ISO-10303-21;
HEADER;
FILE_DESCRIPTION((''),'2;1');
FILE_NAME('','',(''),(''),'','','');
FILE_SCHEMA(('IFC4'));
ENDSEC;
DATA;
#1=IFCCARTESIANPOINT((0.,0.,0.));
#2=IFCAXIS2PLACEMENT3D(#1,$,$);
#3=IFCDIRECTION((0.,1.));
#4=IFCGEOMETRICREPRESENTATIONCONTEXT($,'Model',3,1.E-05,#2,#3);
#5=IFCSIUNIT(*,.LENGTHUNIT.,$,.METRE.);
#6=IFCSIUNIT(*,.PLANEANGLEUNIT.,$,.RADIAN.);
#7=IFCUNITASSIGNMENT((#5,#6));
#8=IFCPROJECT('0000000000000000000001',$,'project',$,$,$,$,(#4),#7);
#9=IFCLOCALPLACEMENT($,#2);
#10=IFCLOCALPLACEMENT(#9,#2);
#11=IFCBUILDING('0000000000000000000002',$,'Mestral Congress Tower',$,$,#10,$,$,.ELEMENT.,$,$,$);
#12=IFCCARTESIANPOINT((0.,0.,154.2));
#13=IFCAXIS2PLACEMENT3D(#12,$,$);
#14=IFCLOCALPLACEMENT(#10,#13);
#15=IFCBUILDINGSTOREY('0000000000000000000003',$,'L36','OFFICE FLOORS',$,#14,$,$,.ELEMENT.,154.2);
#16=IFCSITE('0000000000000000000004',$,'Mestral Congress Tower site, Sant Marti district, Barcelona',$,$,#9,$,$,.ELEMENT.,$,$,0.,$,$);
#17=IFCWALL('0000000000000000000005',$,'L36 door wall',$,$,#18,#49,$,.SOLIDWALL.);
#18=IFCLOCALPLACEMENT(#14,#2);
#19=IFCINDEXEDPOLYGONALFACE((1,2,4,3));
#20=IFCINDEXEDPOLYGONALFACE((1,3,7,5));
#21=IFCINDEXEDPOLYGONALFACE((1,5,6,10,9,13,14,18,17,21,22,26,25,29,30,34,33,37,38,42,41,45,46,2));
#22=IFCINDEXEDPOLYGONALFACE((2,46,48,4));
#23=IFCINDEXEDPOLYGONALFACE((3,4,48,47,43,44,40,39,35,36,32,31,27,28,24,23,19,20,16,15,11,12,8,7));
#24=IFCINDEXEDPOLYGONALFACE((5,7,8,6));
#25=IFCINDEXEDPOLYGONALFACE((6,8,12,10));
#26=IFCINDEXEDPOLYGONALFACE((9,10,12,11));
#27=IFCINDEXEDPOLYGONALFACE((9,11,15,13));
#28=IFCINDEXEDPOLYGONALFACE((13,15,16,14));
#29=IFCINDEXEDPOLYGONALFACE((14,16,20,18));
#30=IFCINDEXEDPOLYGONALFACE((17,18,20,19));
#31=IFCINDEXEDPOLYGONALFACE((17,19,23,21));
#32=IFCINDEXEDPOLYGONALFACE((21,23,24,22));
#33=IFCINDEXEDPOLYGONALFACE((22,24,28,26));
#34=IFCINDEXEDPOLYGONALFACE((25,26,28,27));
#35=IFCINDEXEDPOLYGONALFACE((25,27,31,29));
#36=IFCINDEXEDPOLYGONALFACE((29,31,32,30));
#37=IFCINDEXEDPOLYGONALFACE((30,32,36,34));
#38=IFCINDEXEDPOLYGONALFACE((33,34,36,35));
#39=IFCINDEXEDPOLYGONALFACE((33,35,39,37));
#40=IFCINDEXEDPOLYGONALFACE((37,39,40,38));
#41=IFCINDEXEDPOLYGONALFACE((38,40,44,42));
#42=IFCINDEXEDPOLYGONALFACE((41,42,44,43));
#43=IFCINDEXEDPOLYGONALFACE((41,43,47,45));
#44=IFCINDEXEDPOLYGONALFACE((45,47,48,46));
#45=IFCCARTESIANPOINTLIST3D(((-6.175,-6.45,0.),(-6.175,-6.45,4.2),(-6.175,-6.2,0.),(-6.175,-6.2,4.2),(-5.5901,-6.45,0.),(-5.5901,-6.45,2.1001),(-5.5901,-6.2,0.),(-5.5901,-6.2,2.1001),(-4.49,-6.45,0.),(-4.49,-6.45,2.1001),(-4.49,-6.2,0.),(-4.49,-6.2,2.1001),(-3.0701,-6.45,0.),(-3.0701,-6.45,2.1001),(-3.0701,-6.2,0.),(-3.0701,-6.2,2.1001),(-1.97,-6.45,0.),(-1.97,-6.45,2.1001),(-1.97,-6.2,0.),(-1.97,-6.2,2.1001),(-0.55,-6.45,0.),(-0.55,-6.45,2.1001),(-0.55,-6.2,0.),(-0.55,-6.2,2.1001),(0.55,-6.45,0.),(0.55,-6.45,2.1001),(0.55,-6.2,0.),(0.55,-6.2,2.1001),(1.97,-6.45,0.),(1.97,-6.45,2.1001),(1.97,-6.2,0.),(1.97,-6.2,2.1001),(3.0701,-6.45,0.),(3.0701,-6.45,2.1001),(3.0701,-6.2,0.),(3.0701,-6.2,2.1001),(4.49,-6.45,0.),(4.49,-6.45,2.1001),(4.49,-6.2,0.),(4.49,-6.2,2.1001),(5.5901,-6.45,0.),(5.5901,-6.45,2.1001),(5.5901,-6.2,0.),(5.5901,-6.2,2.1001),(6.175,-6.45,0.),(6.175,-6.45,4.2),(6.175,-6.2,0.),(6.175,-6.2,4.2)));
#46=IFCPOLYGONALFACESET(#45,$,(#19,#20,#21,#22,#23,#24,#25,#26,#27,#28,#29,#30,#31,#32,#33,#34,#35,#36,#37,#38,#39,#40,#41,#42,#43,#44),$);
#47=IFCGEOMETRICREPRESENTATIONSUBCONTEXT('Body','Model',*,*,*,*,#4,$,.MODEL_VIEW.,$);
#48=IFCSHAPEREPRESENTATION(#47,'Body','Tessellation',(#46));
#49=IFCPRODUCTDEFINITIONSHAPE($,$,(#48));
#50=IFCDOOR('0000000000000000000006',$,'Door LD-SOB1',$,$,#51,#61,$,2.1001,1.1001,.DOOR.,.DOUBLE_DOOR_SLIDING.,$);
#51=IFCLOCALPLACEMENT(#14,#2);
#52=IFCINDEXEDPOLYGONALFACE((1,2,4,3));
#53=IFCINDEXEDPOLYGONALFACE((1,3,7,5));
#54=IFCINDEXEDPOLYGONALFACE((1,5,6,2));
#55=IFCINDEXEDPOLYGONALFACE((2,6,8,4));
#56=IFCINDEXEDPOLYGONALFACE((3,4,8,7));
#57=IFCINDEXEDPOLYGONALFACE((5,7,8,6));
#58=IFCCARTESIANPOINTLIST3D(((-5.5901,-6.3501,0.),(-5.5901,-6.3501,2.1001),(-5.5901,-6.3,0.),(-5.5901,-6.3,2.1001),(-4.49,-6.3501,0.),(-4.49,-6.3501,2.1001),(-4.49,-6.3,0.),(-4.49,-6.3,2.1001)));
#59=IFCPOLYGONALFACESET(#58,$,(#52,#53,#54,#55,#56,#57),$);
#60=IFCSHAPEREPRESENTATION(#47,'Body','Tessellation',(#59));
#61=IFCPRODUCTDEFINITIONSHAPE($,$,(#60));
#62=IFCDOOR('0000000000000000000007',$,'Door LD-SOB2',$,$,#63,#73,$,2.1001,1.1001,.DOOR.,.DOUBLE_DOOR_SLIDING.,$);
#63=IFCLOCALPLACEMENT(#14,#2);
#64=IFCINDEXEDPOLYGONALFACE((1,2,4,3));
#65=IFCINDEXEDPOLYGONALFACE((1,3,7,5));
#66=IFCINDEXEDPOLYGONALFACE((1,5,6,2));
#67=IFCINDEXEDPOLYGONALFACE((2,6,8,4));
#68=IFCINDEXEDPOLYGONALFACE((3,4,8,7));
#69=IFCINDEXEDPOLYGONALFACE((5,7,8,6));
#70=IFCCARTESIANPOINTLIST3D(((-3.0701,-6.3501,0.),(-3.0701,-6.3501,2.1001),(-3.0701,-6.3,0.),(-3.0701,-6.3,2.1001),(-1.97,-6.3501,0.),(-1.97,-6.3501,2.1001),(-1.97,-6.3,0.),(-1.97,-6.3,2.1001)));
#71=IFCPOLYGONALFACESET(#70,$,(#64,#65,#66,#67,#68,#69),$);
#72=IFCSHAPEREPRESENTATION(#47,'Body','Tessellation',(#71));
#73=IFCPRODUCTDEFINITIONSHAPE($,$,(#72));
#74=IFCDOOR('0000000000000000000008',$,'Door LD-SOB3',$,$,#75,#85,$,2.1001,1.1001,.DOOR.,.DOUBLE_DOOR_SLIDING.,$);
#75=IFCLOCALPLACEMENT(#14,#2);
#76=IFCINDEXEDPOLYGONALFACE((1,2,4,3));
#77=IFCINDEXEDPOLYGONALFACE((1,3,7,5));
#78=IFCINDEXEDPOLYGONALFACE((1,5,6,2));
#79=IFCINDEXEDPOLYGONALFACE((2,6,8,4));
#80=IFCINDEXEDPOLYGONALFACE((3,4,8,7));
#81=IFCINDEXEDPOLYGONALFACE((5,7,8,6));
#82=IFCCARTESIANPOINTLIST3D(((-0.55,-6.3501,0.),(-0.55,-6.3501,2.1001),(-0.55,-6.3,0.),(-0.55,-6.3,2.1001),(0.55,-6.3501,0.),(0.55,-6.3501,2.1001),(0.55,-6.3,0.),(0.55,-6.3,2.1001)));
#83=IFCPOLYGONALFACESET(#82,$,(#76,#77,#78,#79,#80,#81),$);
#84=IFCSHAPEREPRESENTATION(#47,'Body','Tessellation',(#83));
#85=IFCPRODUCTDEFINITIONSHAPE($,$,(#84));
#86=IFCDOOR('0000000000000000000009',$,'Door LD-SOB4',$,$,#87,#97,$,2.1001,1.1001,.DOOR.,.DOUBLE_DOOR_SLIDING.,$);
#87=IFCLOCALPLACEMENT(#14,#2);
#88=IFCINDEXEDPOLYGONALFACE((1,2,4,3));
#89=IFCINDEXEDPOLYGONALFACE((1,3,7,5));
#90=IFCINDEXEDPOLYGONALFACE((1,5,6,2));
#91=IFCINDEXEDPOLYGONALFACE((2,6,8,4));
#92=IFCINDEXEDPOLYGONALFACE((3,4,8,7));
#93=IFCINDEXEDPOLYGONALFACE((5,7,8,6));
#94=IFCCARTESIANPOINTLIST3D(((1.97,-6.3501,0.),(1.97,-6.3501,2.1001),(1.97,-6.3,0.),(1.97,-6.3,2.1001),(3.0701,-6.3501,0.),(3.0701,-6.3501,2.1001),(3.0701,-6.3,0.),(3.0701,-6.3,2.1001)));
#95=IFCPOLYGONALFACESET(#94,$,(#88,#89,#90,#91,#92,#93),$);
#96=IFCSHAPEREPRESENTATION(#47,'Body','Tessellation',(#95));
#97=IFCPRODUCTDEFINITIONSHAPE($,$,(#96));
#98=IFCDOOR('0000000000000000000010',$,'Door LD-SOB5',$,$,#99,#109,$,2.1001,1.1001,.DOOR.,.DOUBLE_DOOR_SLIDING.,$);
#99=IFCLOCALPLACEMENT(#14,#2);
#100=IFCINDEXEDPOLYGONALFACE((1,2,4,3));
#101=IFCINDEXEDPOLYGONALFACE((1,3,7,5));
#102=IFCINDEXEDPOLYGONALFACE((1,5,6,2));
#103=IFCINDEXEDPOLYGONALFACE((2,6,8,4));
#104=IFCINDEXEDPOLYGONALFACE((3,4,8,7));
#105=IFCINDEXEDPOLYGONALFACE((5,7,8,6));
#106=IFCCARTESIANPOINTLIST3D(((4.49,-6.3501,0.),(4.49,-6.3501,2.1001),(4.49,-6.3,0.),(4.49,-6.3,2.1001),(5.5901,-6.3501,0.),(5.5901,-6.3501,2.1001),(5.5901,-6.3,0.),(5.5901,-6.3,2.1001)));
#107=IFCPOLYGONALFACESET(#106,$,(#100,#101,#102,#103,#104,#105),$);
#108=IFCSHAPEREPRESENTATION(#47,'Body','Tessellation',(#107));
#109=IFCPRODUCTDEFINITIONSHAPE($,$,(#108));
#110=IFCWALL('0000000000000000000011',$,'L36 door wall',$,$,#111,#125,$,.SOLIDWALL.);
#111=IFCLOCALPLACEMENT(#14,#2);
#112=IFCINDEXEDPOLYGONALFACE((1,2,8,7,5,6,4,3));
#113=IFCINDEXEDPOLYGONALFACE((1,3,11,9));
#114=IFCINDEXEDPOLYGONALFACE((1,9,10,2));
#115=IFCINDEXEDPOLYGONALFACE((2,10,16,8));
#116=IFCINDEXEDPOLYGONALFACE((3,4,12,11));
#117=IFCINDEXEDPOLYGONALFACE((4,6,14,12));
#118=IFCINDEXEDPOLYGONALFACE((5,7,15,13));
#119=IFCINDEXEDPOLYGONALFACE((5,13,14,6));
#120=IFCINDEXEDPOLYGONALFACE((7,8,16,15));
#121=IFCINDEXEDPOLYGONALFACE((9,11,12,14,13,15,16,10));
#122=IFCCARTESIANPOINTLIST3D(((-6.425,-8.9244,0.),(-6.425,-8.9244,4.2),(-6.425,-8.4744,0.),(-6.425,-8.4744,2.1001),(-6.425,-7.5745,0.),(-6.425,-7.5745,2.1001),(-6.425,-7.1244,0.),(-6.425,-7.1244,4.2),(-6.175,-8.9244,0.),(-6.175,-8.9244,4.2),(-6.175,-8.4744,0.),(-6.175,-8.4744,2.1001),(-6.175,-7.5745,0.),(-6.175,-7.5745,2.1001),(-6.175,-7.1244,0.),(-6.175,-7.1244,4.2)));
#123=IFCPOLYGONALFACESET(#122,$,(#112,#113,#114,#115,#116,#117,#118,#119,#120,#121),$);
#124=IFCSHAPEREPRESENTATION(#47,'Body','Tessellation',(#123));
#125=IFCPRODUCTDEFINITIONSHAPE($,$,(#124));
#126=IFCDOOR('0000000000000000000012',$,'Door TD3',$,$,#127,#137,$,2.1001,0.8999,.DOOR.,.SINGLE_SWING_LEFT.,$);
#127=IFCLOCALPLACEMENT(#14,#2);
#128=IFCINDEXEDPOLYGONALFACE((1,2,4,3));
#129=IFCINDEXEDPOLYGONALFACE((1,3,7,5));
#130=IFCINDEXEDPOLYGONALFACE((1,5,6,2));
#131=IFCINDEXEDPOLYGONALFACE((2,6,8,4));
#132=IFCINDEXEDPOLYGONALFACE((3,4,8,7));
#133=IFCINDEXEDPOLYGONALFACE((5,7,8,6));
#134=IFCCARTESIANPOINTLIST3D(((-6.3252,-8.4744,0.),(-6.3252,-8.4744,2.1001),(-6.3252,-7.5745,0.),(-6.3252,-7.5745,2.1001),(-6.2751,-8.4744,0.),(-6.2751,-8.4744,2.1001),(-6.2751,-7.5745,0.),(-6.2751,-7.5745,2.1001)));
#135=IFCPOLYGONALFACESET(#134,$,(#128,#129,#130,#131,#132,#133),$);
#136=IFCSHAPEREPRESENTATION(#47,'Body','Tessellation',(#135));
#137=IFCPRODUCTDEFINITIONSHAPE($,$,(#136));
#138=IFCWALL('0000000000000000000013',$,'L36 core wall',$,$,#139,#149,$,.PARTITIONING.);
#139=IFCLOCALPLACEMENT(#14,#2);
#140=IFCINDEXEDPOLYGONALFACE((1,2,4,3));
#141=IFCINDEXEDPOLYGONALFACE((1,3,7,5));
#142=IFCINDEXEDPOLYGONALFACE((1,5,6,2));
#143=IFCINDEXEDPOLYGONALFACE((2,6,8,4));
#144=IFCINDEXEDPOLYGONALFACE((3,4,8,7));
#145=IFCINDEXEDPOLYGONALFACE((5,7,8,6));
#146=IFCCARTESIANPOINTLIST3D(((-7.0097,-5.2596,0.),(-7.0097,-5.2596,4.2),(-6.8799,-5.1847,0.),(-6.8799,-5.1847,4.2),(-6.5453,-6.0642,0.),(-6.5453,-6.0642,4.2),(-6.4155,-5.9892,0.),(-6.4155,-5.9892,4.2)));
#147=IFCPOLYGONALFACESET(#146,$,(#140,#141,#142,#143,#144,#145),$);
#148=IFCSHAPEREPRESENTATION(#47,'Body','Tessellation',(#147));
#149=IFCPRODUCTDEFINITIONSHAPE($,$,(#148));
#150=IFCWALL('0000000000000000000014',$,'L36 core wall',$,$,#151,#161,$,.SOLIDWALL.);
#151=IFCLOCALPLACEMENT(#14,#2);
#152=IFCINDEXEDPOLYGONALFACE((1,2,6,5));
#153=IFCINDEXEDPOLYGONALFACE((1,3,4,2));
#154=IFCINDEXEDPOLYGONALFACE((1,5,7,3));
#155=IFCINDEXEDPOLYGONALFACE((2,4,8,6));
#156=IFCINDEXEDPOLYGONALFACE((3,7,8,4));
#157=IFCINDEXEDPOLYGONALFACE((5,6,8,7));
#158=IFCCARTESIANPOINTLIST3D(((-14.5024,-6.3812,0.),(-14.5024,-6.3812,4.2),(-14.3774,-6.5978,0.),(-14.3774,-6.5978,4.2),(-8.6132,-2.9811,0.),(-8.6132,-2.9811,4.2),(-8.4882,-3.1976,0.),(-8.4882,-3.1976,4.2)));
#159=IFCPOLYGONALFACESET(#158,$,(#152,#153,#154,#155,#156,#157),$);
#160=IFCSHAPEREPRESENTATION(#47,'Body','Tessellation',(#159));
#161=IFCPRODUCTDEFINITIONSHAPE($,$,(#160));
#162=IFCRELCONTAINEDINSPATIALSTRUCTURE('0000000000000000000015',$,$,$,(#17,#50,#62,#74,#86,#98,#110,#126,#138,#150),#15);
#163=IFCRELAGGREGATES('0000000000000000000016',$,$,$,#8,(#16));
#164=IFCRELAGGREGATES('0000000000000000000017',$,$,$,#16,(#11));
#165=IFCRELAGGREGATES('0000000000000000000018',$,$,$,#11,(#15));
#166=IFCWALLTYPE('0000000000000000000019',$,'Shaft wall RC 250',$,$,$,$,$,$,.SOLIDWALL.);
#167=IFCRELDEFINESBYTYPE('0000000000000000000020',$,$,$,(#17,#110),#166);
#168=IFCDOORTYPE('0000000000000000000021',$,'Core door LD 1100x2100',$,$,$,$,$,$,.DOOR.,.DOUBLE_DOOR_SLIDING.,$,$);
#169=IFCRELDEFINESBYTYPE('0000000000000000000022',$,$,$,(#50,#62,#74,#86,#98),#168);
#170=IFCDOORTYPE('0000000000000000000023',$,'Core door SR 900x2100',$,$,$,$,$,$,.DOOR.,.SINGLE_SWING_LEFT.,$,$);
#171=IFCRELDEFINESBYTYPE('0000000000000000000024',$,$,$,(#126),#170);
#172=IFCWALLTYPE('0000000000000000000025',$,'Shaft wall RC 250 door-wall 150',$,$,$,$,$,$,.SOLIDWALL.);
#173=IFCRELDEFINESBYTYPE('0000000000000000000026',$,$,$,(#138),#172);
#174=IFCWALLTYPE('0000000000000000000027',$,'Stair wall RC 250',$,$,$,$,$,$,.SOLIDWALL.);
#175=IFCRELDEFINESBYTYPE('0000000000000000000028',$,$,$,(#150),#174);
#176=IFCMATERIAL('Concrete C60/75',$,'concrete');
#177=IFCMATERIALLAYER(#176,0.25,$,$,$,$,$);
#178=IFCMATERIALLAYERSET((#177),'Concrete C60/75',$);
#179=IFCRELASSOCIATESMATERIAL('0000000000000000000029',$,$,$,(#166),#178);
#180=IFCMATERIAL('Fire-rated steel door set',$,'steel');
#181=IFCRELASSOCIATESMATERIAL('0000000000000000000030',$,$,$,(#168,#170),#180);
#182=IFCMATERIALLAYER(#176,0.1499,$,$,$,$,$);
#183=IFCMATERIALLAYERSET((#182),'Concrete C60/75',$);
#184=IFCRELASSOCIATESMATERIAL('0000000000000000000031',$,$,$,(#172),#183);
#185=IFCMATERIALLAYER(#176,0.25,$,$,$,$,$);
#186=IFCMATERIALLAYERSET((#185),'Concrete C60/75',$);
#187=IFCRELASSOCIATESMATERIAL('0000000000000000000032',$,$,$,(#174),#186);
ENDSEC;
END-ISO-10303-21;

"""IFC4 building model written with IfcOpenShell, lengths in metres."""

from ifc_helpers import new_model, si_unit, direction, frame, frame_2d, origin, place, context, subcontext, project, spatial, rectangle, extrude, material, layer, layer_set, type_object, element, fill, save


model = new_model("IFC4")

# Units and contexts
model_context = context("Model", 3, precision=1e-05, world=origin(), true_north=direction((0.0, 1.0)))
body_context = subcontext(model_context, "Body", "Model", "MODEL_VIEW")
ifc_project = project(units=[si_unit("LENGTHUNIT", "METRE"), si_unit("PLANEANGLEUNIT", "RADIAN")], contexts=[model_context])

# Site, building, storey
site_placement = place(None, origin())
site = spatial("IfcSite", under=ifc_project, at=site_placement, Name="Mestral Congress Tower site, Sant Marti district, Barcelona", CompositionType="ELEMENT", RefElevation=0.0)
building_placement = place(site_placement, origin())
building = spatial("IfcBuilding", under=site, at=building_placement, Name="Mestral Congress Tower", CompositionType="ELEMENT")
storey_placement = place(building_placement, frame((0.0, 0.0, 154.2)))
storey = spatial("IfcBuildingStorey", under=building, at=storey_placement, Name="L36", Description="OFFICE FLOORS", CompositionType="ELEMENT", Elevation=154.2)

# Shared definitions
ifc_material_1 = material(Name="Fire-rated steel door set", Category="steel")

# Shared definitions
ifc_material_2 = material(Name="Concrete C60/75", Category="concrete")
ifc_layer_1 = layer(ifc_material_2, 0.25)
ifc_layer_set_1 = layer_set([ifc_layer_1], Name="Concrete C60/75")
wall_type_1 = type_object("IfcWallType", Name="Shaft wall RC 250", PredefinedType="SOLIDWALL", material=ifc_layer_set_1)

# Wall, openings, doors
wall_1_placement = place(storey_placement, frame((-6.175, -6.325, 0.0), z_axis=(0.0, 0.0, 1.0), x_axis=(1.0, 0.0, 0.0)))
wall_1 = element("IfcWall", 1, at=wall_1_placement, inside=storey, type_object=wall_type_1, Name="L36 door wall", PredefinedType="SOLIDWALL", context=body_context, shape_type="SweptSolid", body=[
    extrude(rectangle(XDim=12.3501, YDim=0.25, at=frame_2d((6.175, 0.0))), origin(), (0.0, 0.0, 1.0), 4.2),
])
opening_1_placement = place(wall_1_placement, frame((0.585, 0.0, 0.0)))
opening_1 = element("IfcOpeningElement", 2, at=opening_1_placement, cuts=wall_1, PredefinedType="OPENING", context=body_context, shape_type="SweptSolid", body=[
    extrude(rectangle(XDim=1.1001, YDim=2.1001, at=frame_2d((0.55, 1.05))), frame((0.0, 0.135, 0.0), z_axis=(0.0, -1.0, 0.0), x_axis=(1.0, 0.0, 0.0)), (0.0, 0.0, 1.0), 0.27),
])
opening_2_placement = place(wall_1_placement, frame((3.105, 0.0, 0.0)))
opening_2 = element("IfcOpeningElement", 3, at=opening_2_placement, cuts=wall_1, PredefinedType="OPENING", context=body_context, shape_type="SweptSolid", body=[
    extrude(rectangle(XDim=1.1001, YDim=2.1001, at=frame_2d((0.55, 1.05))), frame((0.0, 0.135, 0.0), z_axis=(0.0, -1.0, 0.0), x_axis=(1.0, 0.0, 0.0)), (0.0, 0.0, 1.0), 0.27),
])
opening_3_placement = place(wall_1_placement, frame((5.625, 0.0, 0.0)))
opening_3 = element("IfcOpeningElement", 4, at=opening_3_placement, cuts=wall_1, PredefinedType="OPENING", context=body_context, shape_type="SweptSolid", body=[
    extrude(rectangle(XDim=1.1001, YDim=2.1001, at=frame_2d((0.55, 1.05))), frame((0.0, 0.135, 0.0), z_axis=(0.0, -1.0, 0.0), x_axis=(1.0, 0.0, 0.0)), (0.0, 0.0, 1.0), 0.27),
])
opening_4_placement = place(wall_1_placement, frame((8.145, 0.0, 0.0)))
opening_4 = element("IfcOpeningElement", 5, at=opening_4_placement, cuts=wall_1, PredefinedType="OPENING", context=body_context, shape_type="SweptSolid", body=[
    extrude(rectangle(XDim=1.1001, YDim=2.1001, at=frame_2d((0.55, 1.05))), frame((0.0, 0.135, 0.0), z_axis=(0.0, -1.0, 0.0), x_axis=(1.0, 0.0, 0.0)), (0.0, 0.0, 1.0), 0.27),
])
opening_5_placement = place(wall_1_placement, frame((10.665, 0.0, 0.0)))
opening_5 = element("IfcOpeningElement", 6, at=opening_5_placement, cuts=wall_1, PredefinedType="OPENING", context=body_context, shape_type="SweptSolid", body=[
    extrude(rectangle(XDim=1.1001, YDim=2.1001, at=frame_2d((0.55, 1.05))), frame((0.0, 0.135, 0.0), z_axis=(0.0, -1.0, 0.0), x_axis=(1.0, 0.0, 0.0)), (0.0, 0.0, 1.0), 0.27),
])
door_type_1 = type_object("IfcDoorType", Name="Core door LD 1100x2100", OperationType="DOUBLE_DOOR_SLIDING", PredefinedType="DOOR", material=ifc_material_1)
door_1_placement = place(opening_1_placement, origin())
door_1 = element("IfcDoor", 7, at=door_1_placement, inside=storey, type_object=door_type_1, Name="Door LD-SOB1", OperationType="DOUBLE_DOOR_SLIDING", OverallHeight=2.1001, OverallWidth=1.1001, PredefinedType="DOOR", context=body_context, shape_type="SweptSolid", body=[
    extrude(rectangle(XDim=1.1001, YDim=2.1001, at=frame_2d((0.55, 1.05))), frame((0.0, 0.0249, 0.0), z_axis=(0.0, -1.0, 0.0), x_axis=(1.0, 0.0, 0.0)), (0.0, 0.0, 1.0), 0.05),
])
fill(opening_1, door_1)
door_2_placement = place(opening_2_placement, origin())
door_2 = element("IfcDoor", 8, at=door_2_placement, inside=storey, type_object=door_type_1, Name="Door LD-SOB2", OperationType="DOUBLE_DOOR_SLIDING", OverallHeight=2.1001, OverallWidth=1.1001, PredefinedType="DOOR", context=body_context, shape_type="SweptSolid", body=[
    extrude(rectangle(XDim=1.1001, YDim=2.1001, at=frame_2d((0.55, 1.05))), frame((0.0, 0.0249, 0.0), z_axis=(0.0, -1.0, 0.0), x_axis=(1.0, 0.0, 0.0)), (0.0, 0.0, 1.0), 0.05),
])
fill(opening_2, door_2)
door_3_placement = place(opening_3_placement, origin())
door_3 = element("IfcDoor", 9, at=door_3_placement, inside=storey, type_object=door_type_1, Name="Door LD-SOB3", OperationType="DOUBLE_DOOR_SLIDING", OverallHeight=2.1001, OverallWidth=1.1001, PredefinedType="DOOR", context=body_context, shape_type="SweptSolid", body=[
    extrude(rectangle(XDim=1.1001, YDim=2.1001, at=frame_2d((0.55, 1.05))), frame((0.0, 0.0249, 0.0), z_axis=(0.0, -1.0, 0.0), x_axis=(1.0, 0.0, 0.0)), (0.0, 0.0, 1.0), 0.05),
])
fill(opening_3, door_3)
door_4_placement = place(opening_4_placement, origin())
door_4 = element("IfcDoor", 10, at=door_4_placement, inside=storey, type_object=door_type_1, Name="Door LD-SOB4", OperationType="DOUBLE_DOOR_SLIDING", OverallHeight=2.1001, OverallWidth=1.1001, PredefinedType="DOOR", context=body_context, shape_type="SweptSolid", body=[
    extrude(rectangle(XDim=1.1001, YDim=2.1001, at=frame_2d((0.55, 1.05))), frame((0.0, 0.0249, 0.0), z_axis=(0.0, -1.0, 0.0), x_axis=(1.0, 0.0, 0.0)), (0.0, 0.0, 1.0), 0.05),
])
fill(opening_4, door_4)
door_5_placement = place(opening_5_placement, origin())
door_5 = element("IfcDoor", 11, at=door_5_placement, inside=storey, type_object=door_type_1, Name="Door LD-SOB5", OperationType="DOUBLE_DOOR_SLIDING", OverallHeight=2.1001, OverallWidth=1.1001, PredefinedType="DOOR", context=body_context, shape_type="SweptSolid", body=[
    extrude(rectangle(XDim=1.1001, YDim=2.1001, at=frame_2d((0.55, 1.05))), frame((0.0, 0.0249, 0.0), z_axis=(0.0, -1.0, 0.0), x_axis=(1.0, 0.0, 0.0)), (0.0, 0.0, 1.0), 0.05),
])
fill(opening_5, door_5)

# Wall, opening, door
wall_2_placement = place(storey_placement, frame((-6.3, -7.1245, 0.0), z_axis=(0.0, 0.0, 1.0), x_axis=(0.0, -1.0, 0.0)))
wall_2 = element("IfcWall", 12, at=wall_2_placement, inside=storey, type_object=wall_type_1, Name="L36 door wall", PredefinedType="SOLIDWALL", context=body_context, shape_type="SweptSolid", body=[
    extrude(rectangle(XDim=1.8, YDim=0.25, at=frame_2d((0.8999, 0.0))), origin(), (0.0, 0.0, 1.0), 4.2),
])
opening_6_placement = place(wall_2_placement, frame((0.45, 0.0, 0.0)))
opening_6 = element("IfcOpeningElement", 13, at=opening_6_placement, cuts=wall_2, PredefinedType="OPENING", context=body_context, shape_type="SweptSolid", body=[
    extrude(rectangle(XDim=0.8999, YDim=2.1001, at=frame_2d((0.45, 1.05))), frame((0.0, 0.135, 0.0), z_axis=(0.0, -1.0, 0.0), x_axis=(1.0, 0.0, 0.0)), (0.0, 0.0, 1.0), 0.27),
])
door_type_2 = type_object("IfcDoorType", Name="Core door SR 900x2100", OperationType="SINGLE_SWING_LEFT", PredefinedType="DOOR", material=ifc_material_1)
door_6_placement = place(opening_6_placement, origin())
door_6 = element("IfcDoor", 14, at=door_6_placement, inside=storey, type_object=door_type_2, Name="Door TD3", OperationType="SINGLE_SWING_LEFT", OverallHeight=2.1001, OverallWidth=0.8999, PredefinedType="DOOR", context=body_context, shape_type="SweptSolid", body=[
    extrude(rectangle(XDim=0.8999, YDim=2.1001, at=frame_2d((0.45, 1.05))), frame((0.0, 0.0249, 0.0), z_axis=(0.0, -1.0, 0.0), x_axis=(1.0, 0.0, 0.0)), (0.0, 0.0, 1.0), 0.05),
])
fill(opening_6, door_6)

# Walls
ifc_layer_2 = layer(ifc_material_2, 0.1499)
ifc_layer_set_2 = layer_set([ifc_layer_2], Name="Concrete C60/75")
wall_type_2 = type_object("IfcWallType", Name="Shaft wall RC 250 door-wall 150", PredefinedType="SOLIDWALL", material=ifc_layer_set_2)
wall_3_placement = place(storey_placement, frame((-6.4805, -6.0266, 0.0), z_axis=(0.0, 0.0, 1.0), x_axis=(-0.499927, 0.866067, 0.0)))
element("IfcWall", 15, at=wall_3_placement, inside=storey, type_object=wall_type_2, Name="L36 core wall", PredefinedType="PARTITIONING", context=body_context, shape_type="SweptSolid", body=[
    extrude(rectangle(XDim=0.929, YDim=0.1499, at=frame_2d((0.4644, 0.0))), origin(), (0.0, 0.0, 1.0), 4.2),
])
ifc_layer_3 = layer(ifc_material_2, 0.25)
ifc_layer_set_3 = layer_set([ifc_layer_3], Name="Concrete C60/75")
wall_type_3 = type_object("IfcWallType", Name="Stair wall RC 250", PredefinedType="SOLIDWALL", material=ifc_layer_set_3)
wall_4_placement = place(storey_placement, frame((-14.4399, -6.4895, 0.0), z_axis=(0.0, 0.0, 1.0), x_axis=(0.866023, 0.500004, 0.0)))
element("IfcWall", 16, at=wall_4_placement, inside=storey, type_object=wall_type_3, Name="L36 core wall", PredefinedType="SOLIDWALL", context=body_context, shape_type="SweptSolid", body=[
    extrude(rectangle(XDim=6.8003, YDim=0.25, at=frame_2d((3.4001, 0.0))), origin(), (0.0, 0.0, 1.0), 4.2),
])

save(model, "model.ifc")
